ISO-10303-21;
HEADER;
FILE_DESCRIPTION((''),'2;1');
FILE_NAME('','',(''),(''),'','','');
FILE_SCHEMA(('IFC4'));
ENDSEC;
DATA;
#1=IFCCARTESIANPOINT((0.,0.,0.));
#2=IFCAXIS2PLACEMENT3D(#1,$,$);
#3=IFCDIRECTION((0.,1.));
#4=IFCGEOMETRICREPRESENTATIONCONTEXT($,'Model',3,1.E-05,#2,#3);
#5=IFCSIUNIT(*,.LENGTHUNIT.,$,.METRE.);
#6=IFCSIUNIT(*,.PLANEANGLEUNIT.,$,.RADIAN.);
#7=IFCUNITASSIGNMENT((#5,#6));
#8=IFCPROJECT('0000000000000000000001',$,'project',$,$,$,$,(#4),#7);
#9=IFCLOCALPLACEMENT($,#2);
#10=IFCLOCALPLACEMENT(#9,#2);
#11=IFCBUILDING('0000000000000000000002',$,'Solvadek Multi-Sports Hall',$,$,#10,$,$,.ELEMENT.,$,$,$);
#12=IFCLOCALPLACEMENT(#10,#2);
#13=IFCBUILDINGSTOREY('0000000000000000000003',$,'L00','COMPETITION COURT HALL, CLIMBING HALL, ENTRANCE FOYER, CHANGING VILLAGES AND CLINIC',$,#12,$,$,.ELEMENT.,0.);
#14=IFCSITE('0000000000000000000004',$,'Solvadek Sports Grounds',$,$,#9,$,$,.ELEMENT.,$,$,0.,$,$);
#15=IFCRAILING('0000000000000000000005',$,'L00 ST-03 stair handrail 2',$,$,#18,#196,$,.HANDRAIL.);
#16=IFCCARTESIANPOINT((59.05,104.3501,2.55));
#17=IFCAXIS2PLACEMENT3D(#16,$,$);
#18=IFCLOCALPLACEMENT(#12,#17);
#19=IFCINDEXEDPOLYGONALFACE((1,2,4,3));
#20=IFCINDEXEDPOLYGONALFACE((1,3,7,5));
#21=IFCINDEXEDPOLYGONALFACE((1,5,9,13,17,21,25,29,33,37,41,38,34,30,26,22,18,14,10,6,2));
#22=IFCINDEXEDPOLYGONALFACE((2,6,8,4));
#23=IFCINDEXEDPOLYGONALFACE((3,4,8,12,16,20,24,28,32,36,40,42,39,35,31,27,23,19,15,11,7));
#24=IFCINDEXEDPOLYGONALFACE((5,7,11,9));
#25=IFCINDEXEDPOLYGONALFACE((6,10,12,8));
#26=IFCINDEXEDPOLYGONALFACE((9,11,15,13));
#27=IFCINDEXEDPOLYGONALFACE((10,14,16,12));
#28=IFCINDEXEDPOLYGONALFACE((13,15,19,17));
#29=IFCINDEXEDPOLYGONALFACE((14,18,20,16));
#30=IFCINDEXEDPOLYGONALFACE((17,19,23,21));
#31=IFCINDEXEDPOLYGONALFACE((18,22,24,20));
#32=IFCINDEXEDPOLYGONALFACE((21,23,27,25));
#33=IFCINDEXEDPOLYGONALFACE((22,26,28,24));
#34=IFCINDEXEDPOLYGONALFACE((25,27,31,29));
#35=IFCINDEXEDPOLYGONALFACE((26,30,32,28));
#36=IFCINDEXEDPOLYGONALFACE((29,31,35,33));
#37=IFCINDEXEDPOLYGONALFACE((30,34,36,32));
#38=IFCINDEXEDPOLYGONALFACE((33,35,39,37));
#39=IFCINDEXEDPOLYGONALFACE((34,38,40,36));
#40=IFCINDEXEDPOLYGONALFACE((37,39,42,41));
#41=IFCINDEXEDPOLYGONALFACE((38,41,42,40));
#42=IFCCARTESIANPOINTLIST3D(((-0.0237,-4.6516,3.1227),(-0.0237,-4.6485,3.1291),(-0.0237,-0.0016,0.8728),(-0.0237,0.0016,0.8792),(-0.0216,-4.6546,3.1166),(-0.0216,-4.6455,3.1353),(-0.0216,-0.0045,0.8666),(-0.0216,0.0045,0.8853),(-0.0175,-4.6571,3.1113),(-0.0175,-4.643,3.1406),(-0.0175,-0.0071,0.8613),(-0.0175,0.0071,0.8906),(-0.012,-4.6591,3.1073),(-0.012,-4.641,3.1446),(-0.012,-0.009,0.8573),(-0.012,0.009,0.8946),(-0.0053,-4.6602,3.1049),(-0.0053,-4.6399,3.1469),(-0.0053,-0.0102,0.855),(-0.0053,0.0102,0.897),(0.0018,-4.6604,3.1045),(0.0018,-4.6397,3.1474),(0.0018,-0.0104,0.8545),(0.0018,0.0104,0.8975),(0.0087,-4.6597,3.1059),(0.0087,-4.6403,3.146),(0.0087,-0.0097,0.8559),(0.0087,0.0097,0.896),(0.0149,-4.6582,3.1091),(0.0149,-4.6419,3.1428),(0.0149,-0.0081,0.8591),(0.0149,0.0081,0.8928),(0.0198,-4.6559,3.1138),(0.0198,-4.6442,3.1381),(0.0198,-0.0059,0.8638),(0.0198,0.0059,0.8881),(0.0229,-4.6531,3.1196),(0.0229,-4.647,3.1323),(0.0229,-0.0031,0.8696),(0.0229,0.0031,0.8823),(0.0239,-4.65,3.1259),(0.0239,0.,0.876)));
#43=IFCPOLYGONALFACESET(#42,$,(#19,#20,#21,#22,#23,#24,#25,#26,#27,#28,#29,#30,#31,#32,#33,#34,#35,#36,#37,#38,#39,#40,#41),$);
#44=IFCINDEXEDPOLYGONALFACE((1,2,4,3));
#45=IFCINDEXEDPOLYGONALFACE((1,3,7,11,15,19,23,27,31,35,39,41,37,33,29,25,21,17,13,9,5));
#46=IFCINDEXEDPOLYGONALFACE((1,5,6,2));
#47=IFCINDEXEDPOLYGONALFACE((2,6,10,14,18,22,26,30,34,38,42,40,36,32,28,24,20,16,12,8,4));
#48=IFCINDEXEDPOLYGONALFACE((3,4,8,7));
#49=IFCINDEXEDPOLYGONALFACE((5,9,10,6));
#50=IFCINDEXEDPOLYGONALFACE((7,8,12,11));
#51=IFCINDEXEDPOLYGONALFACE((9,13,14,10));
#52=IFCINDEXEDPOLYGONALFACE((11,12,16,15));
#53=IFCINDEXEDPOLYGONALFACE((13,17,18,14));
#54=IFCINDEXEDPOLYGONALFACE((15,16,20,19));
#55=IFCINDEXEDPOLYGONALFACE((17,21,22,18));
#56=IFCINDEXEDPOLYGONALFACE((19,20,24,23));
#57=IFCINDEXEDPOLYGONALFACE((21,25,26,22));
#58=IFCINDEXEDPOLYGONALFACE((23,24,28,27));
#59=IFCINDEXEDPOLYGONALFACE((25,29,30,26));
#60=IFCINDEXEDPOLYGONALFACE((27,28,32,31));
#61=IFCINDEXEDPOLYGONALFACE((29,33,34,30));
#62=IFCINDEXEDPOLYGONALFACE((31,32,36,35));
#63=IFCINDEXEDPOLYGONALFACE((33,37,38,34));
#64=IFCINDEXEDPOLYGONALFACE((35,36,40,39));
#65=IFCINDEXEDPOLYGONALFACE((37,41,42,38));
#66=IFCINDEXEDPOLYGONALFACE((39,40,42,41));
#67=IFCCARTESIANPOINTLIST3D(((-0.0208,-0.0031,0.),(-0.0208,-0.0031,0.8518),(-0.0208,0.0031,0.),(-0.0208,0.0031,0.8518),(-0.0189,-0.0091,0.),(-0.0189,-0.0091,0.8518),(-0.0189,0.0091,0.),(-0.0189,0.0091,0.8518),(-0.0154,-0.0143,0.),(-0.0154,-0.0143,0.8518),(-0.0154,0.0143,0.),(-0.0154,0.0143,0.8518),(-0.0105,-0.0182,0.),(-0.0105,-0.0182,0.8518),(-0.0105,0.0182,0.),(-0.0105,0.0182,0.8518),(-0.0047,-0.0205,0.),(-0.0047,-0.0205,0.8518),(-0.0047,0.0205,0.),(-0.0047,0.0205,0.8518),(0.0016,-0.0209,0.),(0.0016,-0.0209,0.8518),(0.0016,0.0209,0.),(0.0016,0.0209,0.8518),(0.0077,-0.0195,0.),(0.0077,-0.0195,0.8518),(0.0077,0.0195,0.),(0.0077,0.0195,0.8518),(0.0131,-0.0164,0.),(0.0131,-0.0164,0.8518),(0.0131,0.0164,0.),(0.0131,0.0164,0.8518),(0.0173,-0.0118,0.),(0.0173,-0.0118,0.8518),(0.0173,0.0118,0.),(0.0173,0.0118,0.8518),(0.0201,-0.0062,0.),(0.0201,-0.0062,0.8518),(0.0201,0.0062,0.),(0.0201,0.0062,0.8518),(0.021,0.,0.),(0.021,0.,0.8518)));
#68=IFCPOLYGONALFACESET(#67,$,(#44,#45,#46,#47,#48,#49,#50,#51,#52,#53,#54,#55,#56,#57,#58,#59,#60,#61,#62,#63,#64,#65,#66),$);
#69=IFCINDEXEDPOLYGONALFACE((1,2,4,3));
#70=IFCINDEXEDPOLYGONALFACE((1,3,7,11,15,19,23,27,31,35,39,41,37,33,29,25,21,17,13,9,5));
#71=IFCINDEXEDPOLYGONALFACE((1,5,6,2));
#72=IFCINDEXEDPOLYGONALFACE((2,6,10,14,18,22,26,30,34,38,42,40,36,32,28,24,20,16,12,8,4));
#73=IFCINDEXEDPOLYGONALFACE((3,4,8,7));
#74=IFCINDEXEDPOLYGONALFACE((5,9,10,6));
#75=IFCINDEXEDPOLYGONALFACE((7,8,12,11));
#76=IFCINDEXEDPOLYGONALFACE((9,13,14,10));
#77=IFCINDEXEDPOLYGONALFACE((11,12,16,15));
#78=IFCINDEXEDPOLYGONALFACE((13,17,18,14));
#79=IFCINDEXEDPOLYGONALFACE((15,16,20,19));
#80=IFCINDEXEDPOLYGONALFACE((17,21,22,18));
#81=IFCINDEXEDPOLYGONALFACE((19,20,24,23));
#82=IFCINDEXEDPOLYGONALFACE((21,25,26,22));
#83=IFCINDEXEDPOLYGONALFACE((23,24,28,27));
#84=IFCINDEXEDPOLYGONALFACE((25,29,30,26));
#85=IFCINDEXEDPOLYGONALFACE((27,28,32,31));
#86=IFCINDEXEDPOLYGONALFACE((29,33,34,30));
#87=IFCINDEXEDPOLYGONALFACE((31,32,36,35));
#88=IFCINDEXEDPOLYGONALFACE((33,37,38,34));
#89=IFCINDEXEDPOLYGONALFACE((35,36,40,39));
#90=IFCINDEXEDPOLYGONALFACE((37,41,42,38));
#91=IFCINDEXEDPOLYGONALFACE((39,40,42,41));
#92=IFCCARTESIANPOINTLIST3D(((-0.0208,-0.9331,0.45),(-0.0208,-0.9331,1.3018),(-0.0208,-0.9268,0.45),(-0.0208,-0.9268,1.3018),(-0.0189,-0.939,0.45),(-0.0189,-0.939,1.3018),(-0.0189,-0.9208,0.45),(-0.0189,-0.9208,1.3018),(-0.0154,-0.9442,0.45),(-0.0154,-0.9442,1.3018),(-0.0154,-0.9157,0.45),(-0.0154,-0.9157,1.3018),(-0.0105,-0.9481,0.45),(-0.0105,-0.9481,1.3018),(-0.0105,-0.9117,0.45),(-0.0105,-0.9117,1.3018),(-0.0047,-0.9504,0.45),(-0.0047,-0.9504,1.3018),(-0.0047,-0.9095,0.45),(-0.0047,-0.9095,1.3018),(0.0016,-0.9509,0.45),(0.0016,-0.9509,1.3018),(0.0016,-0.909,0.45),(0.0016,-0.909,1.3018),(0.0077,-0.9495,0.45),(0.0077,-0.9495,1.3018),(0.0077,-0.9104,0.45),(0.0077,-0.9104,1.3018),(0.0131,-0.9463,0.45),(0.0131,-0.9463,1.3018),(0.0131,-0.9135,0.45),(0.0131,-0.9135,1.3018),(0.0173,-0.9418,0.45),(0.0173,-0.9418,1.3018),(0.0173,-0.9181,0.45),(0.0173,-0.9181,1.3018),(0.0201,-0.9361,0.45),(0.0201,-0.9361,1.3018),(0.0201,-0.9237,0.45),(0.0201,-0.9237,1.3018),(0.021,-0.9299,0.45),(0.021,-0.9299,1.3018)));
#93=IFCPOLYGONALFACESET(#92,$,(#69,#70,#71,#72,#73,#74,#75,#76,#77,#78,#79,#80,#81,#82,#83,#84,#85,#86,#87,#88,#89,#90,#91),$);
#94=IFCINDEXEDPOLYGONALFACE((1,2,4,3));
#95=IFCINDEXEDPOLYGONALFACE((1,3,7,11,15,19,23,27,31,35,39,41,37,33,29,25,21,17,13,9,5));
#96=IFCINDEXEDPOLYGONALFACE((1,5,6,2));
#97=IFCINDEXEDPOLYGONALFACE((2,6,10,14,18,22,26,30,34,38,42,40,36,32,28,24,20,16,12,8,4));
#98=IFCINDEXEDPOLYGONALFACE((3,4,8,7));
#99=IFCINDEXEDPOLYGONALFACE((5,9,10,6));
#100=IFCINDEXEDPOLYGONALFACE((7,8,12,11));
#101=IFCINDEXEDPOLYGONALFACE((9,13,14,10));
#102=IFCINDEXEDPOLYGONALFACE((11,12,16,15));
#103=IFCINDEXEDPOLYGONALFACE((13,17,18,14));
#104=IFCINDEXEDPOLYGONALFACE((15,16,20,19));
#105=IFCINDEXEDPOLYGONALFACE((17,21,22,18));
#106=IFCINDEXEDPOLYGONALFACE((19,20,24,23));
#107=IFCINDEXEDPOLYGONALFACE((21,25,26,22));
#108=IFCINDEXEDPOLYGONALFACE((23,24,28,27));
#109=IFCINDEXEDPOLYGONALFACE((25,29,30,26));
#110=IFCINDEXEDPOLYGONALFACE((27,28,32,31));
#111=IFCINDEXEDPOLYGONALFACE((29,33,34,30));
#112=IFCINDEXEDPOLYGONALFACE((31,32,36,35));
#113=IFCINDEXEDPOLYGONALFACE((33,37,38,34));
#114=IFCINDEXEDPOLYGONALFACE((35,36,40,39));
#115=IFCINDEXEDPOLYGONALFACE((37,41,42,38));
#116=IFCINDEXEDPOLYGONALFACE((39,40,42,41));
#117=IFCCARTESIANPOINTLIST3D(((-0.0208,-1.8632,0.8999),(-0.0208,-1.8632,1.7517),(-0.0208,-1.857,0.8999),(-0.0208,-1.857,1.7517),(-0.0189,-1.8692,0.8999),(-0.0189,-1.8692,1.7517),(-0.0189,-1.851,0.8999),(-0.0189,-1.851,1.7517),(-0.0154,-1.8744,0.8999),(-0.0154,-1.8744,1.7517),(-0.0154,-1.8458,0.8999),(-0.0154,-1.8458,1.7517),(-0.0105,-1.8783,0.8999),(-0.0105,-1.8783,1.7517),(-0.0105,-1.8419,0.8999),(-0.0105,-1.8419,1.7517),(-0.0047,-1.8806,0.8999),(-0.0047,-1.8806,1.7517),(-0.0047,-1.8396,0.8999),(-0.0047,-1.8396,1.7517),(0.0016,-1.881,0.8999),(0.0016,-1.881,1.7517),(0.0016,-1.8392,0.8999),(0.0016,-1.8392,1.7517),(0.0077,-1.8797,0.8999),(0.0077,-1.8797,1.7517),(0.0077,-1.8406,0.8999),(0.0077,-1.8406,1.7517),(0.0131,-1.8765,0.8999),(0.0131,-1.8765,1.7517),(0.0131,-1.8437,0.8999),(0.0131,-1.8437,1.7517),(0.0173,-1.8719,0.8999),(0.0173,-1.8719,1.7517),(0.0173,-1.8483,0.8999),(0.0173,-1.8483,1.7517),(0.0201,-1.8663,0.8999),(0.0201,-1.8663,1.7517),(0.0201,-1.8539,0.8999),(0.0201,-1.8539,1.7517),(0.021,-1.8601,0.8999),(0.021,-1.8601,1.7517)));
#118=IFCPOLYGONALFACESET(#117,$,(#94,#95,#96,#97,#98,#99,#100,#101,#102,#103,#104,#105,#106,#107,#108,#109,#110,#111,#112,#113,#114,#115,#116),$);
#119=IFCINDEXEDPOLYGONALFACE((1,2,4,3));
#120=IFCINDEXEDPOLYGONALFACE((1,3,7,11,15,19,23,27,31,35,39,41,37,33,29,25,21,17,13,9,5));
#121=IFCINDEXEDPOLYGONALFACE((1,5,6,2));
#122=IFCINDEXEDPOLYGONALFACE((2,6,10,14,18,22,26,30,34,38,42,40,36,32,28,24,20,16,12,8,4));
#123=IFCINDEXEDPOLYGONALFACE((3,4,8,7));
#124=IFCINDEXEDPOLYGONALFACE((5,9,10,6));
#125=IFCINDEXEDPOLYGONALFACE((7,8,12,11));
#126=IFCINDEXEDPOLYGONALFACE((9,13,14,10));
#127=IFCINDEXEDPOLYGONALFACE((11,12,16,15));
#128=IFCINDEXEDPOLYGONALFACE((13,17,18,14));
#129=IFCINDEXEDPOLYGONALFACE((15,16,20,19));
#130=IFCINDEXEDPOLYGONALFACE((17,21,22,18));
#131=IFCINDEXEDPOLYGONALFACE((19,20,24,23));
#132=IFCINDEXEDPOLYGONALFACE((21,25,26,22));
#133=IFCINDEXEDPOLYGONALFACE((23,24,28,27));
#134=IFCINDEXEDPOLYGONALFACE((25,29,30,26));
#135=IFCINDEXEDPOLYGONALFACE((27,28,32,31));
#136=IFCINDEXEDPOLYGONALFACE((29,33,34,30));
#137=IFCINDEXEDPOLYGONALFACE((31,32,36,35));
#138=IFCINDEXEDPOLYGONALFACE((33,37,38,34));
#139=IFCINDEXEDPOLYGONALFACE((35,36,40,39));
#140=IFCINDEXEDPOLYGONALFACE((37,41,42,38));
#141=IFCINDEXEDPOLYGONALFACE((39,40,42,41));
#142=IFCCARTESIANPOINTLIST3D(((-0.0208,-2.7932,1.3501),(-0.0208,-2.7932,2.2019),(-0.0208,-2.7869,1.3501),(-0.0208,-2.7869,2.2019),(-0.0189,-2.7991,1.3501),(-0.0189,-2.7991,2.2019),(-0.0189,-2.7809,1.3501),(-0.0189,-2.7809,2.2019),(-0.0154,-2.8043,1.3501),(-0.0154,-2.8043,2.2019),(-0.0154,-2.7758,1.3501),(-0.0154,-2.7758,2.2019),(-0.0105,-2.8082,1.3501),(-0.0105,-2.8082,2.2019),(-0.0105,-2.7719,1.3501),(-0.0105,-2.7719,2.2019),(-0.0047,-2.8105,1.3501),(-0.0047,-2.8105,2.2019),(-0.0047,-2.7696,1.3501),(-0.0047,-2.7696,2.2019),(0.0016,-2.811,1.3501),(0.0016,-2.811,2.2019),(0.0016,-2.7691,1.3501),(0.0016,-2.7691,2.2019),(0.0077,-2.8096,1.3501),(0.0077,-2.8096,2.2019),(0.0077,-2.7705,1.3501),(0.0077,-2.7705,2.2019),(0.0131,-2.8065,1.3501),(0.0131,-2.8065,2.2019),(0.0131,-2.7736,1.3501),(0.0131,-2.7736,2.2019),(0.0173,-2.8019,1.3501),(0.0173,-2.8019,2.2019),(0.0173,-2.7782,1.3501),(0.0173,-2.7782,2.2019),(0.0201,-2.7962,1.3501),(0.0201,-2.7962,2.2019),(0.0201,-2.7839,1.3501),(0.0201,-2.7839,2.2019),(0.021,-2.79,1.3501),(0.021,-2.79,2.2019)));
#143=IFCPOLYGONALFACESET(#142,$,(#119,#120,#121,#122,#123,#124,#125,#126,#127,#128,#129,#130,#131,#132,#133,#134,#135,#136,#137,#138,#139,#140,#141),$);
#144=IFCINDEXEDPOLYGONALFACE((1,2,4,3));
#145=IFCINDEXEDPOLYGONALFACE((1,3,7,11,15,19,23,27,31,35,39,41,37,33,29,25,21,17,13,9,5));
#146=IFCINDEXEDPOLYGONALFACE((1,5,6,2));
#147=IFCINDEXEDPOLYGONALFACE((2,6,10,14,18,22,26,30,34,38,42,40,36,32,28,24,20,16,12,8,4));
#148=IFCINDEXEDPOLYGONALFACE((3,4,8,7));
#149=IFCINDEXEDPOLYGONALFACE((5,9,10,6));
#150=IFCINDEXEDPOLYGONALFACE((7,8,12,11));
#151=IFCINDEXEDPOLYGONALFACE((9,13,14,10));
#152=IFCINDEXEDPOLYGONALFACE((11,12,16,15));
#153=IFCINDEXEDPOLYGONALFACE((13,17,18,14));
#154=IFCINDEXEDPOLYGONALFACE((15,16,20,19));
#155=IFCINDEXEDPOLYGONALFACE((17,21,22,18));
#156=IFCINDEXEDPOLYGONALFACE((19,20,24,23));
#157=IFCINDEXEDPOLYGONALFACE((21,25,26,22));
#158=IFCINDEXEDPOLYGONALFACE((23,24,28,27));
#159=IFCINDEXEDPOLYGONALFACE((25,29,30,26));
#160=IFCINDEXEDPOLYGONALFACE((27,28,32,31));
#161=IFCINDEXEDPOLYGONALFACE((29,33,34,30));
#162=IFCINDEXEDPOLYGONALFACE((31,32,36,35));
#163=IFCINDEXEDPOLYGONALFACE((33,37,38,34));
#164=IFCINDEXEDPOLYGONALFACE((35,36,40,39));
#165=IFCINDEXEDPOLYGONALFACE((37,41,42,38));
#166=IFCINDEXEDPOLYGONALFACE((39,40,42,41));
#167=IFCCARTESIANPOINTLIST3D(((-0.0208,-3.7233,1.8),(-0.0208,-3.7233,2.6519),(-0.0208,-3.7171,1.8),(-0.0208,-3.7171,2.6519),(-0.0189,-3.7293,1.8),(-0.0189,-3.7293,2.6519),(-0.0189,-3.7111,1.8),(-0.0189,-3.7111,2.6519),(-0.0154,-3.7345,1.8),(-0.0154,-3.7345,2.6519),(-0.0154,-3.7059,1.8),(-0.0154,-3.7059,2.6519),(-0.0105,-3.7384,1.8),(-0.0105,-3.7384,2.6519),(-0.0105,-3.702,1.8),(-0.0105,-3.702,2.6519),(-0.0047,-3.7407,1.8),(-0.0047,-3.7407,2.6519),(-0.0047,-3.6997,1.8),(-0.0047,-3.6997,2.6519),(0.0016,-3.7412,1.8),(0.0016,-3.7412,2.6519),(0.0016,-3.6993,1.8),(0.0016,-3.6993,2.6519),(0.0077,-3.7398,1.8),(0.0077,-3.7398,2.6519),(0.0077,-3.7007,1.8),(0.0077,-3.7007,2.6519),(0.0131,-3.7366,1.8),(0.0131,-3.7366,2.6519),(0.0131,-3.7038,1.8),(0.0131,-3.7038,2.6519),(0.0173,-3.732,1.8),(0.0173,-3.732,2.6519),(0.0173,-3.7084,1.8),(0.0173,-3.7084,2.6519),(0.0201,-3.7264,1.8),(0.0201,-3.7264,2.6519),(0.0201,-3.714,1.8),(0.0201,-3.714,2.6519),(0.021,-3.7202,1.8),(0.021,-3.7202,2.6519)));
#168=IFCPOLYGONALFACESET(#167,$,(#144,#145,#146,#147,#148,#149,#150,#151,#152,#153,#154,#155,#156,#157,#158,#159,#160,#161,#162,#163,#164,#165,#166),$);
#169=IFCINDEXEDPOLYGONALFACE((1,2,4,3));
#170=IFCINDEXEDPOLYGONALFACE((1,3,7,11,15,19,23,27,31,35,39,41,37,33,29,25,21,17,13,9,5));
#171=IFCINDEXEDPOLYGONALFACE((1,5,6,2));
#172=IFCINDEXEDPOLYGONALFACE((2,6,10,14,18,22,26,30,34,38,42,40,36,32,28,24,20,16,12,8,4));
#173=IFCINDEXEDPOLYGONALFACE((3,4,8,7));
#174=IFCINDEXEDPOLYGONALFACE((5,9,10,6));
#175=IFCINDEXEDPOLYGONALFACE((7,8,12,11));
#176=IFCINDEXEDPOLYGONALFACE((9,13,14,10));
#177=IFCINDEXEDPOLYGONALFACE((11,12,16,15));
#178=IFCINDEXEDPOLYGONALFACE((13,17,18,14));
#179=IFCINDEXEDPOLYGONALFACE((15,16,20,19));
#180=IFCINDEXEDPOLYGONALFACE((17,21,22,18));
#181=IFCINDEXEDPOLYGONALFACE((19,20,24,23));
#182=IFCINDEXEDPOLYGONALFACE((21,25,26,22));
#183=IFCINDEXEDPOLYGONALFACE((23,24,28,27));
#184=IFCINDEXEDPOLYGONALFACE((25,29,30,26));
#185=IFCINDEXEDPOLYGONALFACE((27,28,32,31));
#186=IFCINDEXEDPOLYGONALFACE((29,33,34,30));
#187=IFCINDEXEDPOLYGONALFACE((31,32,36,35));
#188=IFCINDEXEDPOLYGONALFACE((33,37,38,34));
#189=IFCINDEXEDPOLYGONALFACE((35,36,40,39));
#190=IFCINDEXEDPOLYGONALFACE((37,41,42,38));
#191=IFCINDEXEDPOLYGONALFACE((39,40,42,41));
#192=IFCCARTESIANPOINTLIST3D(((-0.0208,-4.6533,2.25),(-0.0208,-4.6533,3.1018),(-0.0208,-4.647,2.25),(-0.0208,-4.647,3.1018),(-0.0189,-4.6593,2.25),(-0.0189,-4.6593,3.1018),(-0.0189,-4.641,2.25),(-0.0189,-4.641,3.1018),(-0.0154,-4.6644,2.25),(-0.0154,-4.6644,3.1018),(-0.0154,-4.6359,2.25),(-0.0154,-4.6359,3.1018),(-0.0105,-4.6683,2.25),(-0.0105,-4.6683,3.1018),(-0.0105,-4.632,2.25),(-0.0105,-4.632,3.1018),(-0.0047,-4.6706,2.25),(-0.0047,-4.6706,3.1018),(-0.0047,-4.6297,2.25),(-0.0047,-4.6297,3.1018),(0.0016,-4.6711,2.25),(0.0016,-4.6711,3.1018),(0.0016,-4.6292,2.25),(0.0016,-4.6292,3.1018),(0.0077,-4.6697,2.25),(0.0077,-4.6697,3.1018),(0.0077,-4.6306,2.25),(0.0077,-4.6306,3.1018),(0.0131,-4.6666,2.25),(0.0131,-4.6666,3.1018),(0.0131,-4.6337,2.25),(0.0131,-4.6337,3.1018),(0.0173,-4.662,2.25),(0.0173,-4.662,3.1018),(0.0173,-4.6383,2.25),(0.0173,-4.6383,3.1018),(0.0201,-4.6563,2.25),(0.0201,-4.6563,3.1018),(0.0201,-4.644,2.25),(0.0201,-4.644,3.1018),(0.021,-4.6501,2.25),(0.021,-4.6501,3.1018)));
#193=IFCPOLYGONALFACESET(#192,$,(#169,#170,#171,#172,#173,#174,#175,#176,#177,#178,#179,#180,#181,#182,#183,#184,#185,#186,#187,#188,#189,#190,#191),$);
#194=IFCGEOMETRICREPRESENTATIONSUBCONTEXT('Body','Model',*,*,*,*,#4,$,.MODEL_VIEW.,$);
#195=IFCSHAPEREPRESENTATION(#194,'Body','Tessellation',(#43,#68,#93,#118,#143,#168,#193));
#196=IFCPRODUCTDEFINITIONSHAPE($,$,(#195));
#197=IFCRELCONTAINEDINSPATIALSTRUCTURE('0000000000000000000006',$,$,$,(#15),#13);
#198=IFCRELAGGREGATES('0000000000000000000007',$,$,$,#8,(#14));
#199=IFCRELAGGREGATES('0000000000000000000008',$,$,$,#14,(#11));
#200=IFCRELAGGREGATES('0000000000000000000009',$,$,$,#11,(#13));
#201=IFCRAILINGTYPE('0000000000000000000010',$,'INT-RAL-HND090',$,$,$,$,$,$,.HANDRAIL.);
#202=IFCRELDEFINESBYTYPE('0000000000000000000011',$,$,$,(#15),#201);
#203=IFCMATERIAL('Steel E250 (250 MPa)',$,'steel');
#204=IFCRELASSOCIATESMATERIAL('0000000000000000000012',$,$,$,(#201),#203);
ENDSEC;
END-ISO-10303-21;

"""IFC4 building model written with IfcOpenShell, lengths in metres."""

from ifc_helpers import new_model, si_unit, direction, frame, origin, origin_2d, place, context, subcontext, project, spatial, circle, extrude, material, type_object, element, save


model = new_model("IFC4")

# Units and contexts
model_context = context("Model", 3, precision=1e-05, world=origin(), true_north=direction((0.0, 1.0)))
body_context = subcontext(model_context, "Body", "Model", "MODEL_VIEW")
ifc_project = project(units=[si_unit("LENGTHUNIT", "METRE"), si_unit("PLANEANGLEUNIT", "RADIAN")], contexts=[model_context])

# Site, building, storey
site_placement = place(None, origin())
site = spatial("IfcSite", under=ifc_project, at=site_placement, Name="Solvadek Sports Grounds", CompositionType="ELEMENT", RefElevation=0.0)
building_placement = place(site_placement, origin())
building = spatial("IfcBuilding", under=site, at=building_placement, Name="Solvadek Multi-Sports Hall", CompositionType="ELEMENT")
storey_placement = place(building_placement, origin())
storey = spatial("IfcBuildingStorey", under=building, at=storey_placement, Name="L00", Description="COMPETITION COURT HALL, CLIMBING HALL, ENTRANCE FOYER, CHANGING VILLAGES AND CLINIC", CompositionType="ELEMENT", Elevation=0.0)

# Shared definitions
ifc_material_1 = material(Name="Steel E250 (250 MPa)", Category="steel")

# Railing
railing_type_1 = type_object("IfcRailingType", Name="INT-RAL-HND090", PredefinedType="HANDRAIL", material=ifc_material_1)
railing_1_placement = place(storey_placement, frame((59.05, 104.3501, 2.55)))
element("IfcRailing", 1, at=railing_1_placement, inside=storey, type_object=railing_type_1, Name="L00 ST-03 stair handrail 2", PredefinedType="HANDRAIL", context=body_context, shape_type="SweptSolid", body=[
    extrude(circle(Radius=0.0239, at=origin_2d()), frame((0.0, 0.0, 0.876), z_axis=(0.0, -0.900165, 0.43555), x_axis=(1.0, 0.0, 0.0)), (0.0, 0.0, 1.0), 5.1658),
    extrude(circle(Radius=0.021, at=origin_2d()), origin(), (0.0, 0.0, 1.0), 0.8518),
    extrude(circle(Radius=0.021, at=origin_2d()), frame((0.0, -0.9299, 0.45)), (0.0, 0.0, 1.0), 0.8518),
    extrude(circle(Radius=0.021, at=origin_2d()), frame((0.0, -1.8601, 0.8999)), (0.0, 0.0, 1.0), 0.8518),
    extrude(circle(Radius=0.021, at=origin_2d()), frame((0.0, -2.79, 1.3501)), (0.0, 0.0, 1.0), 0.8518),
    extrude(circle(Radius=0.021, at=origin_2d()), frame((0.0, -3.7202, 1.8)), (0.0, 0.0, 1.0), 0.8518),
    extrude(circle(Radius=0.021, at=origin_2d()), frame((0.0, -4.6501, 2.25)), (0.0, 0.0, 1.0), 0.8518),
])

save(model, "model.ifc")
